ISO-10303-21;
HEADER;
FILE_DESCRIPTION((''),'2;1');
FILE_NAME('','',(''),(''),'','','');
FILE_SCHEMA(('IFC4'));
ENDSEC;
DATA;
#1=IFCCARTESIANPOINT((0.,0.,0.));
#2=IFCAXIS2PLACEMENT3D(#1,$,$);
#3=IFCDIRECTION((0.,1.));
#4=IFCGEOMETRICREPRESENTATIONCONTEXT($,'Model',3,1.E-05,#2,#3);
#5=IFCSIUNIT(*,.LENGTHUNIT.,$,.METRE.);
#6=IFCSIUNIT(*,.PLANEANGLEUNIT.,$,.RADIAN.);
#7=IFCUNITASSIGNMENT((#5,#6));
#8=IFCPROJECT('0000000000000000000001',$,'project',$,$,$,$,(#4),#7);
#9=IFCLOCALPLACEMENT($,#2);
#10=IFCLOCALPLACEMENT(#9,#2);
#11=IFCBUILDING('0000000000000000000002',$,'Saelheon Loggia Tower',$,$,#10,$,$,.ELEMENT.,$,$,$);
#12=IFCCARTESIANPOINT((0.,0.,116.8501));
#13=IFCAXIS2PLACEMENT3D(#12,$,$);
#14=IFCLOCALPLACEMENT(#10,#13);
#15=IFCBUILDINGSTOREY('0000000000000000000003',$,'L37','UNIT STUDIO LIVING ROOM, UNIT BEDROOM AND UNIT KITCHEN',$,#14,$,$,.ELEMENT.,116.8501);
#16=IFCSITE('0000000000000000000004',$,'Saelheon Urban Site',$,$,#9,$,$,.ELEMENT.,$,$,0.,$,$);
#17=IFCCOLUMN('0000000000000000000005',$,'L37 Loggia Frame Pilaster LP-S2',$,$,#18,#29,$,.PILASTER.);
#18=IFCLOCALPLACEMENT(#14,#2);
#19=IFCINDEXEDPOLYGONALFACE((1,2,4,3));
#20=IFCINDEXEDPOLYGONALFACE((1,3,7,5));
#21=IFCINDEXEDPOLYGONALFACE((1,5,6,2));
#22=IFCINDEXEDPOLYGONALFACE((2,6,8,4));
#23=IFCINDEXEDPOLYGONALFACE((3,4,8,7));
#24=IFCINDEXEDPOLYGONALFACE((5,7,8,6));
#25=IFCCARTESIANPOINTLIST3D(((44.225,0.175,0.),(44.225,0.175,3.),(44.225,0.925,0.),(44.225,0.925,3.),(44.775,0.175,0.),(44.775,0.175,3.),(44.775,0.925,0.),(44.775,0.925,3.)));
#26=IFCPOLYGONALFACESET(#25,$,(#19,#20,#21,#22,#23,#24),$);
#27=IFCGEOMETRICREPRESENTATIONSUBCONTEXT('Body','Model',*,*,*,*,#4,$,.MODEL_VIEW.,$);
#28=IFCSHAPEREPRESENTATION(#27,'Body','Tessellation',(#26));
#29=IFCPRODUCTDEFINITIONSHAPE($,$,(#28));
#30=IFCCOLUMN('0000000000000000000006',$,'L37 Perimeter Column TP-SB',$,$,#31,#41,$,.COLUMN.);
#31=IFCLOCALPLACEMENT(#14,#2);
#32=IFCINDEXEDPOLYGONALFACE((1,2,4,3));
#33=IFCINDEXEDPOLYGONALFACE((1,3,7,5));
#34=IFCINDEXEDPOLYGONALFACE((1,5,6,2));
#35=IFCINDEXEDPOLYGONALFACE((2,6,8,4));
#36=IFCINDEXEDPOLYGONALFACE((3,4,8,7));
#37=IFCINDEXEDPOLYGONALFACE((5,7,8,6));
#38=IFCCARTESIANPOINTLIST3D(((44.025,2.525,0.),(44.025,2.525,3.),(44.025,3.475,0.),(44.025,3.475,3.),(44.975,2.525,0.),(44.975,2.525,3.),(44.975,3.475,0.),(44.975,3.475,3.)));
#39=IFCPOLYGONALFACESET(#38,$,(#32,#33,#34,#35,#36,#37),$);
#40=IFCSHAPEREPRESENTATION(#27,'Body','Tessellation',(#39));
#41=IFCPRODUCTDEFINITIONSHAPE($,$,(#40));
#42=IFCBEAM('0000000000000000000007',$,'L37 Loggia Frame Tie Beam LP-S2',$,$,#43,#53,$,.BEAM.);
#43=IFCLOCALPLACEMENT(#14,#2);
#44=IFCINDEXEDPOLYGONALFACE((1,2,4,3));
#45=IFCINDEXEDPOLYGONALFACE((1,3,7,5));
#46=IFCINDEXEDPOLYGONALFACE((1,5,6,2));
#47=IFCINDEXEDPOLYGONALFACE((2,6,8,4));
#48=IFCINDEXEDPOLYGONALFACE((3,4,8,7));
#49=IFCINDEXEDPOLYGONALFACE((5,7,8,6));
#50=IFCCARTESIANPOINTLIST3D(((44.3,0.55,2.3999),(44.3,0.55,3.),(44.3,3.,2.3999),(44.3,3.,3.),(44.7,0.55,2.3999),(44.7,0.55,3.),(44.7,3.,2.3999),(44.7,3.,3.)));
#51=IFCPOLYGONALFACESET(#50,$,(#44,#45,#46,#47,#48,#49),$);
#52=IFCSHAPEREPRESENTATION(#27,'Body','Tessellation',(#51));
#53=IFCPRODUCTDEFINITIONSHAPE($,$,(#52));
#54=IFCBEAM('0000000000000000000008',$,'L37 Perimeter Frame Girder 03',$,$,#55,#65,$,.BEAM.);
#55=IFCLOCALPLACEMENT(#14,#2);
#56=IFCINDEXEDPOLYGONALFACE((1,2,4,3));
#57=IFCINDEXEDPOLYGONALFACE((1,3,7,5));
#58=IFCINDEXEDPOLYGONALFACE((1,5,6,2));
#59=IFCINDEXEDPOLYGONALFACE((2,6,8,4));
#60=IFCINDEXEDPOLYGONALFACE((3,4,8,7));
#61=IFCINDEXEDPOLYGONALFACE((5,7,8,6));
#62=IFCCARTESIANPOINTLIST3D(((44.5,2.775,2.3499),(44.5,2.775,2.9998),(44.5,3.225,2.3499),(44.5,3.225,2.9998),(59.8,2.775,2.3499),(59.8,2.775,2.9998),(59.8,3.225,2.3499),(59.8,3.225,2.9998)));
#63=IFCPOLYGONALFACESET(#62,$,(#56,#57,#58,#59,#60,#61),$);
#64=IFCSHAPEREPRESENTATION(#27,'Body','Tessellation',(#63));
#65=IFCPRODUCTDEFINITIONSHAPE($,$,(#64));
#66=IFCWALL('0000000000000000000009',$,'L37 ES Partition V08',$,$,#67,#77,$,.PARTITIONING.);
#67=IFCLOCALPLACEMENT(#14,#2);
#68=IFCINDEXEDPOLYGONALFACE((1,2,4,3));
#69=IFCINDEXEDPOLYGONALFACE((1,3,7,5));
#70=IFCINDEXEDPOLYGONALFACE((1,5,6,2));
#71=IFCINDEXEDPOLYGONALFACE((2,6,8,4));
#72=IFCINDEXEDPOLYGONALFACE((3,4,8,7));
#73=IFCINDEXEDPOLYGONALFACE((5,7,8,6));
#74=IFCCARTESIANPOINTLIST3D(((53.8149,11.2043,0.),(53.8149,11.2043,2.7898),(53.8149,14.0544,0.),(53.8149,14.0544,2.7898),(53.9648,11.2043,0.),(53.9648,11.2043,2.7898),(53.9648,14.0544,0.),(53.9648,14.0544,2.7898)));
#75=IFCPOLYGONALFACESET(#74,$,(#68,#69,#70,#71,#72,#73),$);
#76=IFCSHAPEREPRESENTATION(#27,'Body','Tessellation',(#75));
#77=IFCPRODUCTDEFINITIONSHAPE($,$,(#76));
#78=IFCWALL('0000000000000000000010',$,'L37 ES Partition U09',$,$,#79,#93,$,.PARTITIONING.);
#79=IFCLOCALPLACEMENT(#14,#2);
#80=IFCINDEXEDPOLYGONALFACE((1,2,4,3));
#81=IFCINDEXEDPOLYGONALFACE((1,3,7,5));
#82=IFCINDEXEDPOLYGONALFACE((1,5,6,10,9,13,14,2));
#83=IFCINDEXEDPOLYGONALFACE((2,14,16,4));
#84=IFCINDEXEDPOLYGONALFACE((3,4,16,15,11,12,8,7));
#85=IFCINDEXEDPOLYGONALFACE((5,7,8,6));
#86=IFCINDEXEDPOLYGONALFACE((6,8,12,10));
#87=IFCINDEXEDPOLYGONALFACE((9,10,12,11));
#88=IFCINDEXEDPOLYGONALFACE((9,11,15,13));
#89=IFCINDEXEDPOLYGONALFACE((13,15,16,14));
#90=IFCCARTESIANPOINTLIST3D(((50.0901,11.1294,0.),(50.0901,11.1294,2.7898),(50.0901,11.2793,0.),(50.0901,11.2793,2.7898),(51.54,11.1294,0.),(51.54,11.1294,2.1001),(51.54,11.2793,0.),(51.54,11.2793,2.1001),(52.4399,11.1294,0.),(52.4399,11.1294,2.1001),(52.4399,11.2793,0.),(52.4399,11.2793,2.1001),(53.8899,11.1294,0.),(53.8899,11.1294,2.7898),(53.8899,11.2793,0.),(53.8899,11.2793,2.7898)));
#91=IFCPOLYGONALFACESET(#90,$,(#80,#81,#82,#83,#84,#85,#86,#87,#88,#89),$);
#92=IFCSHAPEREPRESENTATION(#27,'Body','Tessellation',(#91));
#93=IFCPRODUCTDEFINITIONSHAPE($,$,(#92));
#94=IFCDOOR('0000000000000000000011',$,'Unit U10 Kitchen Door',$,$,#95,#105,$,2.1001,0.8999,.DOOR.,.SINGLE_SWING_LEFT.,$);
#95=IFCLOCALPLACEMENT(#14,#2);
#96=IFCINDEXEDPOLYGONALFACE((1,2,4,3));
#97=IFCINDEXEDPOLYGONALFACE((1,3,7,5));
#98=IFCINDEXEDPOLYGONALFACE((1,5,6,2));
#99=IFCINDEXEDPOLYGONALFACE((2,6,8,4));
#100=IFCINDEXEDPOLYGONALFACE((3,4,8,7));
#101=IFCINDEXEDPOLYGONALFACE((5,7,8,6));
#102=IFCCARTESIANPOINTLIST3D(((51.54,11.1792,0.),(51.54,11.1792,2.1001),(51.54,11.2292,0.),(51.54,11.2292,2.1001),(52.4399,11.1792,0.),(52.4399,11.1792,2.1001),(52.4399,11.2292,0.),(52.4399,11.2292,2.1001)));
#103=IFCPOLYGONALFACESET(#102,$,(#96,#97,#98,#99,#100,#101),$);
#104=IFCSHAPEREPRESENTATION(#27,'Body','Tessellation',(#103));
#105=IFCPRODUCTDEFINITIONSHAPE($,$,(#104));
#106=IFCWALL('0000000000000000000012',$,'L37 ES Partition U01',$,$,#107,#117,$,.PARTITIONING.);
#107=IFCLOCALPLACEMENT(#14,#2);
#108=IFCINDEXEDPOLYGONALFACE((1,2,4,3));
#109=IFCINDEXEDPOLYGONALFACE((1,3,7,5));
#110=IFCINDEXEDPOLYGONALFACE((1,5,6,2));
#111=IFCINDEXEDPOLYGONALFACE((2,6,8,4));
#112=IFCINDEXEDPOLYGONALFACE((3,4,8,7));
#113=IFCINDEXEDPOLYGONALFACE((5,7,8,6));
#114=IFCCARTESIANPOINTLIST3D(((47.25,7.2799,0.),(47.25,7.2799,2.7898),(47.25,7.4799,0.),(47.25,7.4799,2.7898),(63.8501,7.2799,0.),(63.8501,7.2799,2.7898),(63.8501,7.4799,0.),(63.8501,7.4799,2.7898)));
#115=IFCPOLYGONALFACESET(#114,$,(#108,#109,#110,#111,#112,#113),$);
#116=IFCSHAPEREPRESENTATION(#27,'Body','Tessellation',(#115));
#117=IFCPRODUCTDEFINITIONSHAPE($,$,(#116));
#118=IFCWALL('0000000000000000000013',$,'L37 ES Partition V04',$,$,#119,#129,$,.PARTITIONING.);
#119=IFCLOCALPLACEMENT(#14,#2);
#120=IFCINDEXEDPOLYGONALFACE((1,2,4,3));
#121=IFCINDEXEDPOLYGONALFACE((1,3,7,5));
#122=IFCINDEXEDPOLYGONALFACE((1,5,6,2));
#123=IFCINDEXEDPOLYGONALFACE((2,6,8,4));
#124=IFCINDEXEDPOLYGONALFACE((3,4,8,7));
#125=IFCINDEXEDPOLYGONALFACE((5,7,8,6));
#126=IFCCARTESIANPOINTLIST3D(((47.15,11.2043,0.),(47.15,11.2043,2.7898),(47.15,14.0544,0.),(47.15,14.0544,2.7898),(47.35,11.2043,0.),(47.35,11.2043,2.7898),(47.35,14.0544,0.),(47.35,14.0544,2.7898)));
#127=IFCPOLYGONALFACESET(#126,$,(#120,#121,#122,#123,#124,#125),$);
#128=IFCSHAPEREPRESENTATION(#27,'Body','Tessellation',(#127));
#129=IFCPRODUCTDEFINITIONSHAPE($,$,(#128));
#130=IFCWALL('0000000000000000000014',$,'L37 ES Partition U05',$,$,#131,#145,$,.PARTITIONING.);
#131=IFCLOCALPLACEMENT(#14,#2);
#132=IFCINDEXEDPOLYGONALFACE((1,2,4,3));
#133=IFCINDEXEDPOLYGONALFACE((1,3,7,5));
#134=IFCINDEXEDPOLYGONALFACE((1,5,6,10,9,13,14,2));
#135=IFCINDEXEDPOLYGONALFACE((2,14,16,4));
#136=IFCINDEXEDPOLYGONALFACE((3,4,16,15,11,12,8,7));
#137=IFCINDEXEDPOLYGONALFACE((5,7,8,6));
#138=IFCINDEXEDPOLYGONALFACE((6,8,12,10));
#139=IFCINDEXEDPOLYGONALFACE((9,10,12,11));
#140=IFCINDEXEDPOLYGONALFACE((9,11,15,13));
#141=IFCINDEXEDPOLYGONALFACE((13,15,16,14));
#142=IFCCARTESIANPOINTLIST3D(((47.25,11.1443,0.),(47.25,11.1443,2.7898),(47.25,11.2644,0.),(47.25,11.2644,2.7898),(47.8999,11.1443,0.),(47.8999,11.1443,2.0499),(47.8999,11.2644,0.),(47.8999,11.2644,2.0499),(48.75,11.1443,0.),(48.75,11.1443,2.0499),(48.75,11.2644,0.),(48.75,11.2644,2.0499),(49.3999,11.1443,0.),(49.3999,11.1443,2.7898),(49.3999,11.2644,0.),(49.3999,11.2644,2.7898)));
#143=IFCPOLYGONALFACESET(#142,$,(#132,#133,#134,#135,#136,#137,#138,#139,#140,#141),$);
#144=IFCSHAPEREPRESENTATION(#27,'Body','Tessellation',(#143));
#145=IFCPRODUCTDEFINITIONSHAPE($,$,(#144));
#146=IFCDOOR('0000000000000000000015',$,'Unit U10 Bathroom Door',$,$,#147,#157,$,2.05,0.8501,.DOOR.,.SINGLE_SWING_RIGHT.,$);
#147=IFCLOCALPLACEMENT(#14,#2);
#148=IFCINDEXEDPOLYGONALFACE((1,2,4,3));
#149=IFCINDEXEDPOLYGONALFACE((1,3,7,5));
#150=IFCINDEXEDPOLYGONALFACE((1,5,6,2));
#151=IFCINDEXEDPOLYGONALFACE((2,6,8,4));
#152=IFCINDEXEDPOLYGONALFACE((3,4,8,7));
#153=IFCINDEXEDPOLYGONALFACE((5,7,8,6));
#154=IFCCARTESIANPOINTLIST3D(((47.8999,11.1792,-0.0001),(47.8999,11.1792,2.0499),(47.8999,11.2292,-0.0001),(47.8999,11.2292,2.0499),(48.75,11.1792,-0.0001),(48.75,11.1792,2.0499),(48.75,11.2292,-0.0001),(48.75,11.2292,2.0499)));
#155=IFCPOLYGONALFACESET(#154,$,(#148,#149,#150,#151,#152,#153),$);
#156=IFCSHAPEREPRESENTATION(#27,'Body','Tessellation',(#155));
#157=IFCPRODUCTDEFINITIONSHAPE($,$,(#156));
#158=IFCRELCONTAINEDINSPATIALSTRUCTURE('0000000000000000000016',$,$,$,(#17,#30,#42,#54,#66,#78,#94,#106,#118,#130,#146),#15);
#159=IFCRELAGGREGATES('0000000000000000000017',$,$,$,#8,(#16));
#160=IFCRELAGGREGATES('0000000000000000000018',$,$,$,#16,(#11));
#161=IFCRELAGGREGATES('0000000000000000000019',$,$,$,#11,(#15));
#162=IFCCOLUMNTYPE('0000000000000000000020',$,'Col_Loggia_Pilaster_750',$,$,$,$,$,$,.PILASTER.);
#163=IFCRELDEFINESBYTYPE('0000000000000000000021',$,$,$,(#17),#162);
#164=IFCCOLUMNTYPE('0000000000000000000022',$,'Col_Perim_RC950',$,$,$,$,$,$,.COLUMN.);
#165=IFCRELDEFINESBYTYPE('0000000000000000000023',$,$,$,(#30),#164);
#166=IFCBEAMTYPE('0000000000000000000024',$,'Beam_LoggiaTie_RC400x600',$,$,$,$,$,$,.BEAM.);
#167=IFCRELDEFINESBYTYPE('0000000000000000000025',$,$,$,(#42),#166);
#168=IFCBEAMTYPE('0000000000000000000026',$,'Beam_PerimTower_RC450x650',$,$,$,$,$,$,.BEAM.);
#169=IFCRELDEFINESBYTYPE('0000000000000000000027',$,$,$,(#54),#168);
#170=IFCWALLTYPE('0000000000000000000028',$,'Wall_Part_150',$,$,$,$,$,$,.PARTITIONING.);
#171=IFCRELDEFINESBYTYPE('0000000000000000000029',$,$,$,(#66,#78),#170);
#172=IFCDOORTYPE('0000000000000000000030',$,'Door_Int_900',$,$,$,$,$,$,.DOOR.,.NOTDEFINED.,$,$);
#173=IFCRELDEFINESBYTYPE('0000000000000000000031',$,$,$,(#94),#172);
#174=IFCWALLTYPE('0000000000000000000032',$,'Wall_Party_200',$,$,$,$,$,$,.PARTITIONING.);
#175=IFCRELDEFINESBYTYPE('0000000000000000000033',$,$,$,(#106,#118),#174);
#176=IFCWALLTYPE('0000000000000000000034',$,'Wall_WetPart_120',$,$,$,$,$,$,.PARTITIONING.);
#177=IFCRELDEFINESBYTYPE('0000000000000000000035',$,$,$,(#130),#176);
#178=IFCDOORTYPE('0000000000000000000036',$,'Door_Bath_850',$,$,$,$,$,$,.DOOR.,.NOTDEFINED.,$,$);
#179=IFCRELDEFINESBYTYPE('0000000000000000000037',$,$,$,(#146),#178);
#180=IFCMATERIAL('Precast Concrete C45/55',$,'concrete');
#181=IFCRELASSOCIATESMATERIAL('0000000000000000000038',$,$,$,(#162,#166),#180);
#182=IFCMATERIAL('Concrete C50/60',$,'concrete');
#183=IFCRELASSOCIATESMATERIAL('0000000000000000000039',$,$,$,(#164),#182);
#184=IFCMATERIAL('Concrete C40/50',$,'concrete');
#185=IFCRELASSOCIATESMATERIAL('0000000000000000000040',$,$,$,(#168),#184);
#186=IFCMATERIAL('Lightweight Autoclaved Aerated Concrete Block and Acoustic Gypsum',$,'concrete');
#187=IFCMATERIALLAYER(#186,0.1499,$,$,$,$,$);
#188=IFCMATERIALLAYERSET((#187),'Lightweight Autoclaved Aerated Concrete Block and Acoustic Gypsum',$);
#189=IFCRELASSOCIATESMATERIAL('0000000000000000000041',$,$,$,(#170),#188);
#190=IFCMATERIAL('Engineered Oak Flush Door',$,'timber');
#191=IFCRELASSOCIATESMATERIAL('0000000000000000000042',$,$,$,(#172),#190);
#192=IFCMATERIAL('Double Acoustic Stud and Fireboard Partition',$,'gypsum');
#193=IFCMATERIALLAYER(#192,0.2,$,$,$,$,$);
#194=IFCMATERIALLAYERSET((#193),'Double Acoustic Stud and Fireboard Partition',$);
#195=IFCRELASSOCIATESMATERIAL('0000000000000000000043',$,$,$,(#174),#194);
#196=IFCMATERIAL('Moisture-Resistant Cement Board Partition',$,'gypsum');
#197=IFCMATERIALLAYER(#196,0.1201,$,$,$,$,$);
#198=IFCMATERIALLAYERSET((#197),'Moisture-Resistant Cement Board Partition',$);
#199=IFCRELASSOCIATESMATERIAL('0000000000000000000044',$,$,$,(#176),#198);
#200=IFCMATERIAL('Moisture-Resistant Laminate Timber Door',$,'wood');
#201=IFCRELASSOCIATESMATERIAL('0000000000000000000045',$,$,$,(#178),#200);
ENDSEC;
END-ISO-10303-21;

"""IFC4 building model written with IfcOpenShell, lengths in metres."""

from ifc_helpers import new_model, si_unit, direction, frame, frame_2d, origin, origin_2d, place, context, subcontext, project, spatial, rectangle, extrude, source, transform, mapped, material, layer, layer_set, material_profile, profile_set, type_object, element, fill, save


model = new_model("IFC4")

# Units and contexts
model_context = context("Model", 3, precision=1e-05, world=origin(), true_north=direction((0.0, 1.0)))
body_context = subcontext(model_context, "Body", "Model", "MODEL_VIEW")
ifc_project = project(units=[si_unit("LENGTHUNIT", "METRE"), si_unit("PLANEANGLEUNIT", "RADIAN")], contexts=[model_context])

# Site, building, storey
site_placement = place(None, origin())
site = spatial("IfcSite", under=ifc_project, at=site_placement, Name="Saelheon Urban Site", CompositionType="ELEMENT", RefElevation=0.0)
building_placement = place(site_placement, origin())
building = spatial("IfcBuilding", under=site, at=building_placement, Name="Saelheon Loggia Tower", CompositionType="ELEMENT")
storey_placement = place(building_placement, frame((0.0, 0.0, 116.8501)))
storey = spatial("IfcBuildingStorey", under=building, at=storey_placement, Name="L37", Description="UNIT STUDIO LIVING ROOM, UNIT BEDROOM AND UNIT KITCHEN", CompositionType="ELEMENT", Elevation=116.8501)

# Columns
ifc_material_1 = material(Name="Precast Concrete C45/55", Category="concrete")
ifc_material_profile_1 = material_profile(ifc_material_1, rectangle(XDim=0.55, YDim=0.75, at=origin_2d()), Name="RC-550x750")
ifc_profile_set_1 = profile_set([ifc_material_profile_1], Name="Precast Concrete C45/55")
column_type_1 = type_object("IfcColumnType", Name="Col_Loggia_Pilaster_750", PredefinedType="PILASTER", material=ifc_profile_set_1)
shared_shape_1 = source(origin(), body_context, "Body", "SweptSolid", [
    extrude(rectangle(XDim=0.55, YDim=0.75, at=origin_2d()), origin(), (0.0, 0.0, 1.0), 3.0),
])
column_1_placement = place(storey_placement, frame((44.5, 0.55, 0.0), z_axis=(0.0, 0.0, 1.0), x_axis=(1.0, 0.0, 0.0)))
element("IfcColumn", 1, at=column_1_placement, inside=storey, type_object=column_type_1, Name="L37 Loggia Frame Pilaster LP-S2", PredefinedType="PILASTER", context=body_context, shape_type="MappedRepresentation", body=[
    mapped(shared_shape_1, transform((0.0, 0.0, 0.0), scale=1.0)),
])
ifc_material_2 = material(Name="Concrete C50/60", Category="concrete")
ifc_material_profile_2 = material_profile(ifc_material_2, rectangle(XDim=0.95, YDim=0.95, at=origin_2d()), Name="RC-950x950")
ifc_profile_set_2 = profile_set([ifc_material_profile_2], Name="Concrete C50/60")
column_type_2 = type_object("IfcColumnType", Name="Col_Perim_RC950", PredefinedType="COLUMN", material=ifc_profile_set_2)
shared_shape_2 = source(origin(), body_context, "Body", "SweptSolid", [
    extrude(rectangle(XDim=0.95, YDim=0.95, at=origin_2d()), origin(), (0.0, 0.0, 1.0), 3.0),
])
column_2_placement = place(storey_placement, frame((44.5, 3.0, 0.0), z_axis=(0.0, 0.0, 1.0), x_axis=(1.0, 0.0, 0.0)))
element("IfcColumn", 2, at=column_2_placement, inside=storey, type_object=column_type_2, Name="L37 Perimeter Column TP-SB", PredefinedType="COLUMN", context=body_context, shape_type="MappedRepresentation", body=[
    mapped(shared_shape_2, transform((0.0, 0.0, 0.0), scale=1.0)),
])

# Beams
ifc_material_profile_3 = material_profile(ifc_material_1, rectangle(XDim=0.3999, YDim=0.6001, at=origin_2d()), Name="RC-400x600")
ifc_profile_set_3 = profile_set([ifc_material_profile_3], Name="Precast Concrete C45/55")
beam_type_1 = type_object("IfcBeamType", Name="Beam_LoggiaTie_RC400x600", PredefinedType="BEAM", material=ifc_profile_set_3)
shared_shape_3 = source(origin(), body_context, "Body", "SweptSolid", [
    extrude(rectangle(XDim=0.3999, YDim=0.6001, at=origin_2d()), origin(), (0.0, 0.0, 1.0), 2.45),
])
beam_1_placement = place(storey_placement, frame((44.5, 3.0, 2.7), z_axis=(0.0, -1.0, 0.0), x_axis=(1.0, 0.0, 0.0)))
element("IfcBeam", 3, at=beam_1_placement, inside=storey, type_object=beam_type_1, Name="L37 Loggia Frame Tie Beam LP-S2", PredefinedType="BEAM", context=body_context, shape_type="MappedRepresentation", body=[
    mapped(shared_shape_3, transform((0.0, 0.0, 0.0), scale=1.0)),
])
ifc_material_3 = material(Name="Concrete C40/50", Category="concrete")
ifc_material_profile_4 = material_profile(ifc_material_3, rectangle(XDim=0.45, YDim=0.6499, at=origin_2d()), Name="RC-450x650")
ifc_profile_set_4 = profile_set([ifc_material_profile_4], Name="Concrete C40/50")
beam_type_2 = type_object("IfcBeamType", Name="Beam_PerimTower_RC450x650", PredefinedType="BEAM", material=ifc_profile_set_4)
shared_shape_4 = source(origin(), body_context, "Body", "SweptSolid", [
    extrude(rectangle(XDim=0.45, YDim=0.6499, at=origin_2d()), origin(), (0.0, 0.0, 1.0), 15.3),
])
beam_2_placement = place(storey_placement, frame((44.5, 3.0, 2.6748), z_axis=(1.0, 0.0, 0.0), x_axis=(0.0, 1.0, 0.0)))
element("IfcBeam", 4, at=beam_2_placement, inside=storey, type_object=beam_type_2, Name="L37 Perimeter Frame Girder 03", PredefinedType="BEAM", context=body_context, shape_type="MappedRepresentation", body=[
    mapped(shared_shape_4, transform((0.0, 0.0, 0.0), scale=1.0)),
])

# Wall
ifc_material_4 = material(Name="Lightweight Autoclaved Aerated Concrete Block and Acoustic Gypsum", Category="concrete")
ifc_layer_1 = layer(ifc_material_4, 0.1499)
ifc_layer_set_1 = layer_set([ifc_layer_1], Name="Lightweight Autoclaved Aerated Concrete Block and Acoustic Gypsum")
wall_type_1 = type_object("IfcWallType", Name="Wall_Part_150", PredefinedType="PARTITIONING", material=ifc_layer_set_1)
wall_1_placement = place(storey_placement, frame((53.8899, 11.2043, 0.0), z_axis=(0.0, 0.0, 1.0), x_axis=(0.0, 1.0, 0.0)))
element("IfcWall", 5, at=wall_1_placement, inside=storey, type_object=wall_type_1, Name="L37 ES Partition V08", PredefinedType="PARTITIONING", context=body_context, shape_type="SweptSolid", body=[
    extrude(rectangle(XDim=2.8501, YDim=0.1499, at=frame_2d((1.425, 0.0))), origin(), (0.0, 0.0, 1.0), 2.7898),
])

# Wall, opening, door
wall_2_placement = place(storey_placement, frame((50.0901, 11.2043, 0.0), z_axis=(0.0, 0.0, 1.0), x_axis=(1.0, 0.0, 0.0)))
wall_2 = element("IfcWall", 6, at=wall_2_placement, inside=storey, type_object=wall_type_1, Name="L37 ES Partition U09", PredefinedType="PARTITIONING", context=body_context, shape_type="SweptSolid", body=[
    extrude(rectangle(XDim=3.7998, YDim=0.1499, at=frame_2d((1.8999, 0.0))), origin(), (0.0, 0.0, 1.0), 2.7898),
])
opening_1_placement = place(wall_2_placement, frame((1.45, 0.0, 0.0)))
opening_1 = element("IfcOpeningElement", 7, at=opening_1_placement, cuts=wall_2, PredefinedType="OPENING", context=body_context, shape_type="SweptSolid", body=[
    extrude(rectangle(XDim=0.8999, YDim=2.1001, at=frame_2d((0.45, 1.05))), frame((0.0, 0.0869, 0.0), z_axis=(0.0, -1.0, 0.0), x_axis=(1.0, 0.0, 0.0)), (0.0, 0.0, 1.0), 0.1738),
])
ifc_material_5 = material(Name="Engineered Oak Flush Door", Category="timber")
door_type_1 = type_object("IfcDoorType", Name="Door_Int_900", OperationType="NOTDEFINED", PredefinedType="DOOR", material=ifc_material_5)
shared_shape_5 = source(origin(), body_context, "Body", "SweptSolid", [
    extrude(rectangle(XDim=0.8999, YDim=2.1001, at=frame_2d((0.45, 1.05))), frame((0.0, 0.0249, 0.0), z_axis=(0.0, -1.0, 0.0), x_axis=(1.0, 0.0, 0.0)), (0.0, 0.0, 1.0), 0.05),
])
door_1_placement = place(opening_1_placement, origin())
door_1 = element("IfcDoor", 8, at=door_1_placement, inside=storey, type_object=door_type_1, Name="Unit U10 Kitchen Door", OperationType="SINGLE_SWING_LEFT", OverallHeight=2.1001, OverallWidth=0.8999, PredefinedType="DOOR", context=body_context, shape_type="MappedRepresentation", body=[
    mapped(shared_shape_5, transform((0.0, 0.0, 0.0), scale=1.0)),
])
fill(opening_1, door_1)

# Wall
ifc_material_6 = material(Name="Double Acoustic Stud and Fireboard Partition", Category="gypsum")
ifc_layer_2 = layer(ifc_material_6, 0.2)
ifc_layer_set_2 = layer_set([ifc_layer_2], Name="Double Acoustic Stud and Fireboard Partition")
wall_type_2 = type_object("IfcWallType", Name="Wall_Party_200", PredefinedType="PARTITIONING", material=ifc_layer_set_2)
wall_3_placement = place(storey_placement, frame((47.25, 7.3799, 0.0), z_axis=(0.0, 0.0, 1.0), x_axis=(1.0, 0.0, 0.0)))
element("IfcWall", 9, at=wall_3_placement, inside=storey, type_object=wall_type_2, Name="L37 ES Partition U01", PredefinedType="PARTITIONING", context=body_context, shape_type="SweptSolid", body=[
    extrude(rectangle(XDim=16.6001, YDim=0.2, at=frame_2d((8.3, 0.0))), origin(), (0.0, 0.0, 1.0), 2.7898),
])

# Wall
wall_4_placement = place(storey_placement, frame((47.25, 11.2043, 0.0), z_axis=(0.0, 0.0, 1.0), x_axis=(0.0, 1.0, 0.0)))
element("IfcWall", 10, at=wall_4_placement, inside=storey, type_object=wall_type_2, Name="L37 ES Partition V04", PredefinedType="PARTITIONING", context=body_context, shape_type="SweptSolid", body=[
    extrude(rectangle(XDim=2.8501, YDim=0.2, at=frame_2d((1.425, 0.0))), origin(), (0.0, 0.0, 1.0), 2.7898),
])

# Wall, opening, door
ifc_material_7 = material(Name="Moisture-Resistant Cement Board Partition", Category="gypsum")
ifc_layer_3 = layer(ifc_material_7, 0.1201)
ifc_layer_set_3 = layer_set([ifc_layer_3], Name="Moisture-Resistant Cement Board Partition")
wall_type_3 = type_object("IfcWallType", Name="Wall_WetPart_120", PredefinedType="PARTITIONING", material=ifc_layer_set_3)
wall_5_placement = place(storey_placement, frame((47.25, 11.2043, 0.0), z_axis=(0.0, 0.0, 1.0), x_axis=(1.0, 0.0, 0.0)))
wall_5 = element("IfcWall", 11, at=wall_5_placement, inside=storey, type_object=wall_type_3, Name="L37 ES Partition U05", PredefinedType="PARTITIONING", context=body_context, shape_type="SweptSolid", body=[
    extrude(rectangle(XDim=2.1499, YDim=0.1201, at=frame_2d((1.075, 0.0))), origin(), (0.0, 0.0, 1.0), 2.7898),
])
opening_2_placement = place(wall_5_placement, frame((0.6499, 0.0, 0.0)))
opening_2 = element("IfcOpeningElement", 12, at=opening_2_placement, cuts=wall_5, PredefinedType="OPENING", context=body_context, shape_type="SweptSolid", body=[
    extrude(rectangle(XDim=0.8501, YDim=2.05, at=frame_2d((0.425, 1.0249))), frame((0.0, 0.072, 0.0), z_axis=(0.0, -1.0, 0.0), x_axis=(1.0, 0.0, 0.0)), (0.0, 0.0, 1.0), 0.144),
])
ifc_material_8 = material(Name="Moisture-Resistant Laminate Timber Door", Category="wood")
door_type_2 = type_object("IfcDoorType", Name="Door_Bath_850", OperationType="NOTDEFINED", PredefinedType="DOOR", material=ifc_material_8)
shared_shape_6 = source(origin(), body_context, "Body", "SweptSolid", [
    extrude(rectangle(XDim=0.8501, YDim=2.05, at=frame_2d((0.425, 1.0249))), frame((0.0, 0.0249, 0.0), z_axis=(0.0, -1.0, 0.0), x_axis=(1.0, 0.0, 0.0)), (0.0, 0.0, 1.0), 0.05),
])
door_2_placement = place(opening_2_placement, origin())
door_2 = element("IfcDoor", 13, at=door_2_placement, inside=storey, type_object=door_type_2, Name="Unit U10 Bathroom Door", OperationType="SINGLE_SWING_RIGHT", OverallHeight=2.05, OverallWidth=0.8501, PredefinedType="DOOR", context=body_context, shape_type="MappedRepresentation", body=[
    mapped(shared_shape_6, transform((0.0, 0.0, 0.0), scale=1.0)),
])
fill(opening_2, door_2)

save(model, "model.ifc")
